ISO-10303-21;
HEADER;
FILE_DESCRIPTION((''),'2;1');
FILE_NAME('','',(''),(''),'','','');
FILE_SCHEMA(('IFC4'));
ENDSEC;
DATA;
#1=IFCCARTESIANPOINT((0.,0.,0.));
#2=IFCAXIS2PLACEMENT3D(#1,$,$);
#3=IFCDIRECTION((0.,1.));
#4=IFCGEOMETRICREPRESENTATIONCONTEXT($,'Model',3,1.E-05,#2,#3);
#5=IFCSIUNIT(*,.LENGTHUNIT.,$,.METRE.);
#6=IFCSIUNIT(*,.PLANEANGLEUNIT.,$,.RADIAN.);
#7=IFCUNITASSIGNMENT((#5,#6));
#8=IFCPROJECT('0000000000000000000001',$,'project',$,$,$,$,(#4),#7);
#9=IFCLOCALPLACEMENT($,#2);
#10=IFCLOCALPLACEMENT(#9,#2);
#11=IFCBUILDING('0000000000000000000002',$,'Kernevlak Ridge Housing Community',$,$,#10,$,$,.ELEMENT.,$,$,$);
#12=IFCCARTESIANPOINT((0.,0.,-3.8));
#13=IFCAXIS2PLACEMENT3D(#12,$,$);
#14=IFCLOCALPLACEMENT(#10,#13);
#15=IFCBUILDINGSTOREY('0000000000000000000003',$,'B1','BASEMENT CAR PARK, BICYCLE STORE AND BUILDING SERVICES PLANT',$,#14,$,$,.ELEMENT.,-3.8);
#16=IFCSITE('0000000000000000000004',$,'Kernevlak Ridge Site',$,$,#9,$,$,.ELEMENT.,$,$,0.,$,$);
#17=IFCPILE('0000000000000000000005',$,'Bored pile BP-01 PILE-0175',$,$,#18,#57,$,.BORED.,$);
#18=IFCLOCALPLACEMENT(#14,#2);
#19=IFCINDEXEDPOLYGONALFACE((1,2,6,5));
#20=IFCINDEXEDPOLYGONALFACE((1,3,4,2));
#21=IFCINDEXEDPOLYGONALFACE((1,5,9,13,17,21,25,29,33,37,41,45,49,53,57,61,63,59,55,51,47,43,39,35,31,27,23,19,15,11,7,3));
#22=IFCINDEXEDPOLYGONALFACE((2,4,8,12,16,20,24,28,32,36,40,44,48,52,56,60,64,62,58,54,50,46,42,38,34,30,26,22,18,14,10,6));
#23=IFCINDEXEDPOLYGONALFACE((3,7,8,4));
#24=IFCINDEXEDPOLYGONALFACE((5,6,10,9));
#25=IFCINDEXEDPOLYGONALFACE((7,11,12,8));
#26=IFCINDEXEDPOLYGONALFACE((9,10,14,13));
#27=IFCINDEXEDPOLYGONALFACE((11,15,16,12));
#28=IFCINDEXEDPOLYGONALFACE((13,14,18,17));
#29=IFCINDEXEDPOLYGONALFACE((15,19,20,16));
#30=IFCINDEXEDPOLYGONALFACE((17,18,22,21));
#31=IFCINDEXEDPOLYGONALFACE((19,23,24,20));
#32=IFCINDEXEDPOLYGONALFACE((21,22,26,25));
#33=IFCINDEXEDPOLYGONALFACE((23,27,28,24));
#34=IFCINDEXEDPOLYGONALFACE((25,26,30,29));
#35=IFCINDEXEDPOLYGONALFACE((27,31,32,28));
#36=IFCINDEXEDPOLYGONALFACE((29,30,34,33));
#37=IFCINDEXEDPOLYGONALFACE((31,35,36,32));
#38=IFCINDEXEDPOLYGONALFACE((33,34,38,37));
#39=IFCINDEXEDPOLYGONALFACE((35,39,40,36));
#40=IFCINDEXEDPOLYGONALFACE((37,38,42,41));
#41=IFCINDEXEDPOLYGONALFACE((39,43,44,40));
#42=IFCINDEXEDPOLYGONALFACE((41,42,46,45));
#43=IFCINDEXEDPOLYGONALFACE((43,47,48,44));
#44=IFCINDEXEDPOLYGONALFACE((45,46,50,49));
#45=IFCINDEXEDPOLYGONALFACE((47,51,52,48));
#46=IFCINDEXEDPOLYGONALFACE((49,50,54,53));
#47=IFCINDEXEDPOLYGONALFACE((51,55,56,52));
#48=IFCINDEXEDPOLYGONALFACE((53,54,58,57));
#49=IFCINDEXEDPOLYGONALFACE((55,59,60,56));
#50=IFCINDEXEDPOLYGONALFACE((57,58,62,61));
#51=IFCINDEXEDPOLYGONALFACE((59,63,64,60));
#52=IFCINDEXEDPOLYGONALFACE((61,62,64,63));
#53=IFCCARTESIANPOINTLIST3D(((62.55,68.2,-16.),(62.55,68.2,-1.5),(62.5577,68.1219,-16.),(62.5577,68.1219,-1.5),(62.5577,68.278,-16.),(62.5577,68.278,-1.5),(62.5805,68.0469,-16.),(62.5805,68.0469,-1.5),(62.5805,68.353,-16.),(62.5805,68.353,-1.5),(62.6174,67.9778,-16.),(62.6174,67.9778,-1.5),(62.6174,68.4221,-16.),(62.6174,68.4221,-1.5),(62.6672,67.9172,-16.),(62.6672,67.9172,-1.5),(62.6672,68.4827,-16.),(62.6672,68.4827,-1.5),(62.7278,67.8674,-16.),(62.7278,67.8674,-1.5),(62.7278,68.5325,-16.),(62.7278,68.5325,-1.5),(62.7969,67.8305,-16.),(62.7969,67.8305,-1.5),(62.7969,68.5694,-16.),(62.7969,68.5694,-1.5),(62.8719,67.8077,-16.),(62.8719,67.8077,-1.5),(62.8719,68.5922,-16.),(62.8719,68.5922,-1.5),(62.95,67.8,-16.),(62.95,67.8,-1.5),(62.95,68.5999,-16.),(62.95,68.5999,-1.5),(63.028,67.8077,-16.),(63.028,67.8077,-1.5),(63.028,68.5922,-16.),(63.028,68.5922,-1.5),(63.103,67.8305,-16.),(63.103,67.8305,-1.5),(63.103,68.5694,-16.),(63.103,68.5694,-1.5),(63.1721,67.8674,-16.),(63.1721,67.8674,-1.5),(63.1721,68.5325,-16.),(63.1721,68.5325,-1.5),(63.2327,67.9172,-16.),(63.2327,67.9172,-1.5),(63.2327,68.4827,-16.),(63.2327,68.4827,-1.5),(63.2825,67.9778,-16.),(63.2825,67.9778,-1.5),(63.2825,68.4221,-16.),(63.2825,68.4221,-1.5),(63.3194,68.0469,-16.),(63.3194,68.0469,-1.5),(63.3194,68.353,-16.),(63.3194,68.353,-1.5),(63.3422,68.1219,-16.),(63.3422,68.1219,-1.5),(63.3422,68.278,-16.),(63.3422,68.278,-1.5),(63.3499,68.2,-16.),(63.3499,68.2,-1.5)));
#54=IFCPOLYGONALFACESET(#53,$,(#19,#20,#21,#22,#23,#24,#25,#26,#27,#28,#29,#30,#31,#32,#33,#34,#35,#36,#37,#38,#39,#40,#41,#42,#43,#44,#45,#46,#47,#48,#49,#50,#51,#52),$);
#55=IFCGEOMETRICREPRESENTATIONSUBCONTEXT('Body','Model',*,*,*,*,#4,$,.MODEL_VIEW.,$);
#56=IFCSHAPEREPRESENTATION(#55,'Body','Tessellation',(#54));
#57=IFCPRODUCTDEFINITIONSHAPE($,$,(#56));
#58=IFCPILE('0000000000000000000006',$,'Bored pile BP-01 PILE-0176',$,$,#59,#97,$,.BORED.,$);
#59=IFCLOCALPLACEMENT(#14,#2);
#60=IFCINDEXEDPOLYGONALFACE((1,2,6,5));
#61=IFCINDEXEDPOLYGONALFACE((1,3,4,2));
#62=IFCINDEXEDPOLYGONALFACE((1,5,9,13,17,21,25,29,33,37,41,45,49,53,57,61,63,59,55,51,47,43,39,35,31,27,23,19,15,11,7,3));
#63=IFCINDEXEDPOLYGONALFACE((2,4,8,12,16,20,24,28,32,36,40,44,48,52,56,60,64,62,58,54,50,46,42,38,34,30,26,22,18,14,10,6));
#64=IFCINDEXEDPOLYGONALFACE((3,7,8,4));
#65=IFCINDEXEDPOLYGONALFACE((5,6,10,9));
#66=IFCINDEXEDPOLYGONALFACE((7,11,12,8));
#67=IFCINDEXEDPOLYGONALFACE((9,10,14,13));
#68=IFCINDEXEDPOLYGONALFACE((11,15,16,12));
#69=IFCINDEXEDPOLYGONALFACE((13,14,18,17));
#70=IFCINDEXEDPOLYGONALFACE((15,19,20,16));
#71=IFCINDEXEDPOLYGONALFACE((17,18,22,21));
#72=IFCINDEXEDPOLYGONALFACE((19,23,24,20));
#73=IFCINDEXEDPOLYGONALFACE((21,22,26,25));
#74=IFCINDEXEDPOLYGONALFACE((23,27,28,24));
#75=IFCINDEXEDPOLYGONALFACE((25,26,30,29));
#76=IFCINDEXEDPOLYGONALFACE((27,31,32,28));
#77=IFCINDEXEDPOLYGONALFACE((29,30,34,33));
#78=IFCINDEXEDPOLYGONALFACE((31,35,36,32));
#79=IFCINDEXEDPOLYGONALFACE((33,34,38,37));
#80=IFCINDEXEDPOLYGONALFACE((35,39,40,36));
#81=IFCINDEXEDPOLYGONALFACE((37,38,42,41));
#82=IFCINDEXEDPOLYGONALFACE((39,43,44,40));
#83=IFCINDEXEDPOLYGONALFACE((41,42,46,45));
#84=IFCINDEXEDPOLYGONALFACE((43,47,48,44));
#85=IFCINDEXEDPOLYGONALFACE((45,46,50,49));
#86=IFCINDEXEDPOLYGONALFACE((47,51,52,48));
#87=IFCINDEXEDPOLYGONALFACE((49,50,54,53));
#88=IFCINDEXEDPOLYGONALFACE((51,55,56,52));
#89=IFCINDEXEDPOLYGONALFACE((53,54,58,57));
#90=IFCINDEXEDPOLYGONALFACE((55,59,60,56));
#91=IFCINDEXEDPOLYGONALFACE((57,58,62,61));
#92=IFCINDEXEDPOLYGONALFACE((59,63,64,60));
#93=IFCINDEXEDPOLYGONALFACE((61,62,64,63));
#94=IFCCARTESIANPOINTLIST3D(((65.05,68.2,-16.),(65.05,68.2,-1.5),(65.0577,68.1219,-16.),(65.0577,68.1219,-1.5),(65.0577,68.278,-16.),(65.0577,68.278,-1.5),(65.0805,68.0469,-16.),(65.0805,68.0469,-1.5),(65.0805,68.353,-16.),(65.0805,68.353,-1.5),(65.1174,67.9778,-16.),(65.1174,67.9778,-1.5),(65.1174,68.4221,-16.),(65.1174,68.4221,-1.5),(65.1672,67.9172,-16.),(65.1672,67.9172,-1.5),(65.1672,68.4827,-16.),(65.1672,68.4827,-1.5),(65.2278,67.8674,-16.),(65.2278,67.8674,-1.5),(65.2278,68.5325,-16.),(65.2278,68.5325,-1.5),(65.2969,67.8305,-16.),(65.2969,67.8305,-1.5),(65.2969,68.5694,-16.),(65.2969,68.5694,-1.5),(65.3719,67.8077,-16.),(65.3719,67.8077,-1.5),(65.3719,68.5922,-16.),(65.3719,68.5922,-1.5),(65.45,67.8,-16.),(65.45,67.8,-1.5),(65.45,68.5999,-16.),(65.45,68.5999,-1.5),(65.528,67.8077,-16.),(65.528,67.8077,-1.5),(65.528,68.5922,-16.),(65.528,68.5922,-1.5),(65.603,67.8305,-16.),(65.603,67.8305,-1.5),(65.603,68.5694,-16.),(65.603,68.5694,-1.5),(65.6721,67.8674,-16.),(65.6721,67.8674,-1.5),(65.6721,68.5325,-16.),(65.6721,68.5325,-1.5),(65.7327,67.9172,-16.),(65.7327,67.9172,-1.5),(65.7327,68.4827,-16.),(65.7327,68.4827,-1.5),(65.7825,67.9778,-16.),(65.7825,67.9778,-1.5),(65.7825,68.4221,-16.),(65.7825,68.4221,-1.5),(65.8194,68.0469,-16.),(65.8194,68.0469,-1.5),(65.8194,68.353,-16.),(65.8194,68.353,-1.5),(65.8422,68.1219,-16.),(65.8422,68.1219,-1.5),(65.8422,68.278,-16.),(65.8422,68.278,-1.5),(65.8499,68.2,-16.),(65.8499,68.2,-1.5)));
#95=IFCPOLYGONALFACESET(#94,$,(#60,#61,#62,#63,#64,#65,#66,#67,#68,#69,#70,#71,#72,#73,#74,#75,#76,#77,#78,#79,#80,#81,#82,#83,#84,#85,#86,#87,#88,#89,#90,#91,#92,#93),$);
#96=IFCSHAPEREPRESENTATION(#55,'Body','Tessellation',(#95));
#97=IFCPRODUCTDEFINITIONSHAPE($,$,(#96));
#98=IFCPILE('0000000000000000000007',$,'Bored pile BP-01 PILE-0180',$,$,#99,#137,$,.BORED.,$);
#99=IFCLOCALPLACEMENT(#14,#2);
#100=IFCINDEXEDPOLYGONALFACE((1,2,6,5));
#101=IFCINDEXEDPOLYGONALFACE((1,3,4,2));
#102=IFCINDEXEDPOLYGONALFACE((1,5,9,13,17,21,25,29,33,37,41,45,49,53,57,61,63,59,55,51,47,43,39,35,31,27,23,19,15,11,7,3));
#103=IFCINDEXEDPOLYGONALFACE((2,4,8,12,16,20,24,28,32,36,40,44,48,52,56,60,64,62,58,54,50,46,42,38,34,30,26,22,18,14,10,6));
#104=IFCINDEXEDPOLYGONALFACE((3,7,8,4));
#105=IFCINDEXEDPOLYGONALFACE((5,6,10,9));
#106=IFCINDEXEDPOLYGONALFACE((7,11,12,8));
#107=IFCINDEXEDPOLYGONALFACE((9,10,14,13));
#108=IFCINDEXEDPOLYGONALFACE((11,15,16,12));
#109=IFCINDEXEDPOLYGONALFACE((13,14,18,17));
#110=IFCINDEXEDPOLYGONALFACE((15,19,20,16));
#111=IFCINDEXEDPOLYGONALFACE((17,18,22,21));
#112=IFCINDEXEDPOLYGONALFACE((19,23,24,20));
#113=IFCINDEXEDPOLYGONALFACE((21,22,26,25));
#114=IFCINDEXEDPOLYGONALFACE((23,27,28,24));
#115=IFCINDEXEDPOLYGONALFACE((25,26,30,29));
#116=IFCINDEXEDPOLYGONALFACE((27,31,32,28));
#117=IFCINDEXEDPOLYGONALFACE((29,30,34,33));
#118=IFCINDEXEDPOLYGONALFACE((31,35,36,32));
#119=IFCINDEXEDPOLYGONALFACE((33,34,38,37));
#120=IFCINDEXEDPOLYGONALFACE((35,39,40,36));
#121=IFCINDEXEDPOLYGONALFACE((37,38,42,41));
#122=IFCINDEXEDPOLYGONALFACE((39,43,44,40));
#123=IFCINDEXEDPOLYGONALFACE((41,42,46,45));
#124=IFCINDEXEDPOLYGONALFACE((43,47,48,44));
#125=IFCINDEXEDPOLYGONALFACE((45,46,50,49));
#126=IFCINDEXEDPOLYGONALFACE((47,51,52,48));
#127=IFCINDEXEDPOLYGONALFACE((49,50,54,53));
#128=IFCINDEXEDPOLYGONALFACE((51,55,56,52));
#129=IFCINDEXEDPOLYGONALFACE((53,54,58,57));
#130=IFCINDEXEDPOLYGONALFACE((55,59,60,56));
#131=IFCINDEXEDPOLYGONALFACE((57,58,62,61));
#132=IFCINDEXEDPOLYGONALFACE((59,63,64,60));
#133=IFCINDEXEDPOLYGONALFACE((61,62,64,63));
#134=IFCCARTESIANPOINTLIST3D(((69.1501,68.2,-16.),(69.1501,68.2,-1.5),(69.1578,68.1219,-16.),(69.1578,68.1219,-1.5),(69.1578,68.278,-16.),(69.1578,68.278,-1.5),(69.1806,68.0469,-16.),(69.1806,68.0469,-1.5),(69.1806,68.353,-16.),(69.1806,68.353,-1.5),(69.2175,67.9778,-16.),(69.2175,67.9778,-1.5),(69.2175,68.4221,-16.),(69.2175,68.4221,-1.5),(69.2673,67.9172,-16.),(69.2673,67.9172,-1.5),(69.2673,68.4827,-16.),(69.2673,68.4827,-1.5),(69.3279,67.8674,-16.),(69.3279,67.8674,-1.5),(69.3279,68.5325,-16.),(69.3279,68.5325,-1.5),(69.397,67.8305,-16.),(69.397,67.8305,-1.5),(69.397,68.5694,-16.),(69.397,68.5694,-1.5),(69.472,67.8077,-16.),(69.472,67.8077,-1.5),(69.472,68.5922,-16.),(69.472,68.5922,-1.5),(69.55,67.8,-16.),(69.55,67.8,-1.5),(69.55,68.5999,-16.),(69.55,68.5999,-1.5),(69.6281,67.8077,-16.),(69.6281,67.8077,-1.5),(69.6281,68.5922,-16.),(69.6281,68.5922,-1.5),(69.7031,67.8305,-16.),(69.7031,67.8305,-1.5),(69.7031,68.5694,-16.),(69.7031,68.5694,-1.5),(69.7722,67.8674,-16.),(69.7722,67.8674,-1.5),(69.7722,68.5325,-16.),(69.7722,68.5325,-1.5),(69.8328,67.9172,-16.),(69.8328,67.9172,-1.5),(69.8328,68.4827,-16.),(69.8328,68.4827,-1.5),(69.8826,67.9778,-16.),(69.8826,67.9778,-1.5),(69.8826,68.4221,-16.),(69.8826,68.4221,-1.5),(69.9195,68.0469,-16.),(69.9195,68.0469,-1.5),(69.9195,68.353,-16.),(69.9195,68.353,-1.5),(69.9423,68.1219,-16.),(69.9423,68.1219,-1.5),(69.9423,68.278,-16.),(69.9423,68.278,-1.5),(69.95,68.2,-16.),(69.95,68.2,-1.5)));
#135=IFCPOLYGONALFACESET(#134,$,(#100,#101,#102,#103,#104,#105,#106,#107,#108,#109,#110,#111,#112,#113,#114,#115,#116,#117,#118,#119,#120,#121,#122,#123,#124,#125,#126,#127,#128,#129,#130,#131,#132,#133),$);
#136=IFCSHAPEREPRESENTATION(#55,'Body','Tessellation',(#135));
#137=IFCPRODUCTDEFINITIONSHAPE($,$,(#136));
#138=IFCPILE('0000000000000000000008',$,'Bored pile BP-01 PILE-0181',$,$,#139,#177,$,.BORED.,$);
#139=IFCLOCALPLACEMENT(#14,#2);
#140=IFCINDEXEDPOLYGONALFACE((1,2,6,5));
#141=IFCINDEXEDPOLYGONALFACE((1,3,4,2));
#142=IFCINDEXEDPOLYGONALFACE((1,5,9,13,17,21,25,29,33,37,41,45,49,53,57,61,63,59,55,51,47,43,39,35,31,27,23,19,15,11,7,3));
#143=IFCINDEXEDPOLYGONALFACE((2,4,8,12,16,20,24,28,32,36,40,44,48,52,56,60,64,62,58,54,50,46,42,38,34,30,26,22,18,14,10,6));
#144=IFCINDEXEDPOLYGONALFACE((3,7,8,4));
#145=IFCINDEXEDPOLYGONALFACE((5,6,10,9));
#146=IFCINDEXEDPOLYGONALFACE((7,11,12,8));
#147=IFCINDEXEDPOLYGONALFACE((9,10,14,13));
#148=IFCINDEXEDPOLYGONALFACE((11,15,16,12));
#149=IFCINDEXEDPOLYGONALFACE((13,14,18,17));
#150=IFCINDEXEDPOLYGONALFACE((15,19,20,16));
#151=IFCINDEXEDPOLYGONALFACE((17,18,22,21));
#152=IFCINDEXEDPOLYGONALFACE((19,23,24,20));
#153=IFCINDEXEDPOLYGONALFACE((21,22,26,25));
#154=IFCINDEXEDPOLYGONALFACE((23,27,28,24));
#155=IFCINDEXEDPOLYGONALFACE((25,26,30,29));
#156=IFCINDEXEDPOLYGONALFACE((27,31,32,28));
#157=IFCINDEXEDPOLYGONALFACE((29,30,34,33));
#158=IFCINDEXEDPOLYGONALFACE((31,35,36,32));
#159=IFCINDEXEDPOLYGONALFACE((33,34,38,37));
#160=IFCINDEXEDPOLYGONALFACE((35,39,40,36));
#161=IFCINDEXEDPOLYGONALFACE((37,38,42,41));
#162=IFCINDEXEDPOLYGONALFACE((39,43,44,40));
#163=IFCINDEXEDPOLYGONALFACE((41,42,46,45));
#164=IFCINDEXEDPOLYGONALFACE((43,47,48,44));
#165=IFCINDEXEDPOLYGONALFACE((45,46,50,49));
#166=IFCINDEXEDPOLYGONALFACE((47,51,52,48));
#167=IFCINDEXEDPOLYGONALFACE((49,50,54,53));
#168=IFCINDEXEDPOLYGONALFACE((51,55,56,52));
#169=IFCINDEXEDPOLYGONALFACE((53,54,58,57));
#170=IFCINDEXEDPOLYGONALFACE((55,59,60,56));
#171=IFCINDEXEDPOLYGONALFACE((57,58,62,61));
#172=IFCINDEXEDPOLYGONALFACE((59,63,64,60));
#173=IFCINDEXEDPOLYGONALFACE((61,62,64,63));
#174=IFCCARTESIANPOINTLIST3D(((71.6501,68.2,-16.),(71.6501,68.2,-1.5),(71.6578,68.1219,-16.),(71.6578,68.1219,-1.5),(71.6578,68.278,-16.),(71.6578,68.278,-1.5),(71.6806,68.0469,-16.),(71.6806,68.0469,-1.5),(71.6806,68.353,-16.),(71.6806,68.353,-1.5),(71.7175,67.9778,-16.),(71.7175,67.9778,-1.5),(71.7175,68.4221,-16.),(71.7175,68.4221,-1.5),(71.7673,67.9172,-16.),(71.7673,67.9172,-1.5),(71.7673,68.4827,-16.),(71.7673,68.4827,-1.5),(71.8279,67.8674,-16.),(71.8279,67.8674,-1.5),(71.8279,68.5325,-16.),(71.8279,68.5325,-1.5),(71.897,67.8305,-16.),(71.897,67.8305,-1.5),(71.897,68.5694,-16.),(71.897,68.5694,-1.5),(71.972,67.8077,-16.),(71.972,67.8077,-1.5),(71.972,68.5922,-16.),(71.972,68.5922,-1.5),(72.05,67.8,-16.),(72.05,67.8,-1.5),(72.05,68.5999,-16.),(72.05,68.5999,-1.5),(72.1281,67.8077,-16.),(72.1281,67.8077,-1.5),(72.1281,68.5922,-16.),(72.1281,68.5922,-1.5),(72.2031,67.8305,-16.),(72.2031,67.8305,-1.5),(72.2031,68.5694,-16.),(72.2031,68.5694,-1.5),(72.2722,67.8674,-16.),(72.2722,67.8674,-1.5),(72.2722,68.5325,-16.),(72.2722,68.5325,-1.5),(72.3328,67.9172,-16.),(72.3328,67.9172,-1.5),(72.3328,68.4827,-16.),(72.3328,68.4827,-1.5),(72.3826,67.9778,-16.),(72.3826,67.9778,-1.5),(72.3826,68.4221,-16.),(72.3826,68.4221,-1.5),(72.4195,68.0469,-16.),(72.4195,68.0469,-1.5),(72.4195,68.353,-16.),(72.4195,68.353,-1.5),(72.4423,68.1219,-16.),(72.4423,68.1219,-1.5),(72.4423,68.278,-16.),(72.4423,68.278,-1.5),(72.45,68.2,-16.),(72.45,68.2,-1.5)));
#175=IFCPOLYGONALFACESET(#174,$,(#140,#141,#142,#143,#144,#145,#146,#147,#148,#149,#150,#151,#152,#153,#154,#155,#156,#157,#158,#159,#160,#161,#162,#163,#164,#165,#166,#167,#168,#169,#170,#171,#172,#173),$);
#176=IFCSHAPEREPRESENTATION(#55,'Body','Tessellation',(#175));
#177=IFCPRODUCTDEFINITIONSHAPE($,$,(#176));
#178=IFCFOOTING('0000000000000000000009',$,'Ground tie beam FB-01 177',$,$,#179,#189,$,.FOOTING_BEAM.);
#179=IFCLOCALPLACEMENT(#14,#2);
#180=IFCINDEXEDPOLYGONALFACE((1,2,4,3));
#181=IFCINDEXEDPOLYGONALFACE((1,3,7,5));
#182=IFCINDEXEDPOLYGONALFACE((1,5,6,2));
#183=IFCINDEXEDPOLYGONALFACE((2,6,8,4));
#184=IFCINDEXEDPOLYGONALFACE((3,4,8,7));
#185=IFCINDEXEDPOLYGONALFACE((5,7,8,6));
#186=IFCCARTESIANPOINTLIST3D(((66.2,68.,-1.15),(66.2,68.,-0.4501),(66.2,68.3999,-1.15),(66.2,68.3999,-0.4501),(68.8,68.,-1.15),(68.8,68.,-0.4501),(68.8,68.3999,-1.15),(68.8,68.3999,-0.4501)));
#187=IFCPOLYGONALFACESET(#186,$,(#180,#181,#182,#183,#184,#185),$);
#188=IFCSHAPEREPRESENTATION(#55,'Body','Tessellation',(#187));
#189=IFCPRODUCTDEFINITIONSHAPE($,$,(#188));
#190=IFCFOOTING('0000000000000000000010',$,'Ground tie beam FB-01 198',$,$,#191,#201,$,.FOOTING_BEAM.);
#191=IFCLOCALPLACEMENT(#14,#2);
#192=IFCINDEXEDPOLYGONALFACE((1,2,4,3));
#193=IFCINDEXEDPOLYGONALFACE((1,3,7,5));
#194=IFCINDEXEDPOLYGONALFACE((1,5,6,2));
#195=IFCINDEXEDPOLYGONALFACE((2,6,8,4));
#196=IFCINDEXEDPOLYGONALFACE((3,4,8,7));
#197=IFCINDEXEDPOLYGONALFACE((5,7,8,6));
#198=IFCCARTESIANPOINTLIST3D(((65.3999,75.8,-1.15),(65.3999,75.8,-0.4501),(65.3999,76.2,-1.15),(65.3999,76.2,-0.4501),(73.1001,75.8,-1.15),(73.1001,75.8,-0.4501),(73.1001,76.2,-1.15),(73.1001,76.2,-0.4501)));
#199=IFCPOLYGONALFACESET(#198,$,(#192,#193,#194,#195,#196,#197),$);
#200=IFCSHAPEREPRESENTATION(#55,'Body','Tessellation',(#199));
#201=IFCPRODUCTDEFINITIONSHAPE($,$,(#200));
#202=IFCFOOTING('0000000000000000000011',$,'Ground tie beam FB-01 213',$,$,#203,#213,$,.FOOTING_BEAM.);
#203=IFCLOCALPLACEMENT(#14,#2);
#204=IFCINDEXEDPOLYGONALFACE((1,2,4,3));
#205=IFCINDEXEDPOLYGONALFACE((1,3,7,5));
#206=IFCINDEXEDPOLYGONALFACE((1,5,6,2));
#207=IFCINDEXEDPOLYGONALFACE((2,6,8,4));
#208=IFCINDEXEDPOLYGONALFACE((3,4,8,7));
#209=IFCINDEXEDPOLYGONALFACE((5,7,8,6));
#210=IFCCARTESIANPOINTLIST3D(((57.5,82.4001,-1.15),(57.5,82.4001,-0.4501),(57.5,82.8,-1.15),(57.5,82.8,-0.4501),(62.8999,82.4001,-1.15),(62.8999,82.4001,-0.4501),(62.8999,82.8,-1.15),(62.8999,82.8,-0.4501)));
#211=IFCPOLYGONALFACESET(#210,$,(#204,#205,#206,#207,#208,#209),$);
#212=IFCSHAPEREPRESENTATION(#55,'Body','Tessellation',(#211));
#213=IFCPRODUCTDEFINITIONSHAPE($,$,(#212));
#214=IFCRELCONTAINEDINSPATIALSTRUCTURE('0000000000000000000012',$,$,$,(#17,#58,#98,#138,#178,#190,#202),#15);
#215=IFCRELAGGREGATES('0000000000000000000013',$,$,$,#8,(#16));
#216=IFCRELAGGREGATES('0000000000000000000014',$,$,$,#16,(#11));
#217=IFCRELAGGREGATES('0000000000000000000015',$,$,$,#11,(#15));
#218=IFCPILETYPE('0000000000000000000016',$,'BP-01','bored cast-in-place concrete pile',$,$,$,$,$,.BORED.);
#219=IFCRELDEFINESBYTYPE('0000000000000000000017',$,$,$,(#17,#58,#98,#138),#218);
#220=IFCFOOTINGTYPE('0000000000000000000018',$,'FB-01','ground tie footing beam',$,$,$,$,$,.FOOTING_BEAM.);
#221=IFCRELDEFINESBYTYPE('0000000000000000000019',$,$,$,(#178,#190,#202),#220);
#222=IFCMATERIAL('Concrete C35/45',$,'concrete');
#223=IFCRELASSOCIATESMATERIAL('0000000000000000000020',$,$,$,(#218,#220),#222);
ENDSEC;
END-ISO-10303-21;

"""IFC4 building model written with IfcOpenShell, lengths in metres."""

from ifc_helpers import new_model, si_unit, direction, frame, origin, origin_2d, place, context, subcontext, project, spatial, rectangle, circle, extrude, material, material_profile, profile_set, type_object, element, save


model = new_model("IFC4")

# Units and contexts
model_context = context("Model", 3, precision=1e-05, world=origin(), true_north=direction((0.0, 1.0)))
body_context = subcontext(model_context, "Body", "Model", "MODEL_VIEW")
ifc_project = project(units=[si_unit("LENGTHUNIT", "METRE"), si_unit("PLANEANGLEUNIT", "RADIAN")], contexts=[model_context])

# Site, building, storey
site_placement = place(None, origin())
site = spatial("IfcSite", under=ifc_project, at=site_placement, Name="Kernevlak Ridge Site", CompositionType="ELEMENT", RefElevation=0.0)
building_placement = place(site_placement, origin())
building = spatial("IfcBuilding", under=site, at=building_placement, Name="Kernevlak Ridge Housing Community", CompositionType="ELEMENT")
storey_placement = place(building_placement, frame((0.0, 0.0, -3.8)))
storey = spatial("IfcBuildingStorey", under=building, at=storey_placement, Name="B1", Description="BASEMENT CAR PARK, BICYCLE STORE AND BUILDING SERVICES PLANT", CompositionType="ELEMENT", Elevation=-3.8)

# Piles
ifc_material_1 = material(Name="Concrete C35/45", Category="concrete")
ifc_material_profile_1 = material_profile(ifc_material_1, circle(Radius=0.3999, at=origin_2d()), Name="BORED PILE 800")
ifc_profile_set_1 = profile_set([ifc_material_profile_1], Name="Concrete C35/45")
pile_type = type_object("IfcPileType", Name="BP-01", Description="bored cast-in-place concrete pile", PredefinedType="BORED", material=ifc_profile_set_1)
for number, where, z_axis, x_axis, name in (
    (1, (62.95, 68.2, -1.5), (0.0, 0.0, -1.0), (1.0, 0.0, 0.0), "Bored pile BP-01 PILE-0175"),
    (2, (65.45, 68.2, -1.5), (0.0, 0.0, -1.0), (1.0, 0.0, 0.0), "Bored pile BP-01 PILE-0176"),
    (3, (69.55, 68.2, -1.5), (0.0, 0.0, -1.0), (1.0, 0.0, 0.0), "Bored pile BP-01 PILE-0180"),
    (4, (72.05, 68.2, -1.5), (0.0, 0.0, -1.0), (1.0, 0.0, 0.0), "Bored pile BP-01 PILE-0181"),
):
    element("IfcPile", number, at=place(storey_placement, frame(where, z_axis=z_axis, x_axis=x_axis)), inside=storey, type_object=pile_type, Name=name, PredefinedType="BORED", context=body_context, shape_type="SweptSolid", body=[
        extrude(circle(Radius=0.3999, at=origin_2d()), origin(), (0.0, 0.0, 1.0), 14.5),
    ])

# Footings
ifc_material_profile_2 = material_profile(ifc_material_1, rectangle(XDim=0.3999, YDim=0.7, at=origin_2d()), Name="RC 400x700")
ifc_profile_set_2 = profile_set([ifc_material_profile_2], Name="Concrete C35/45")
footing_type_1 = type_object("IfcFootingType", Name="FB-01", Description="ground tie footing beam", PredefinedType="FOOTING_BEAM", material=ifc_profile_set_2)
footing_1_placement = place(storey_placement, frame((66.2, 68.2, -0.8), z_axis=(1.0, 0.0, 0.0), x_axis=(0.0, 1.0, 0.0)))
element("IfcFooting", 5, at=footing_1_placement, inside=storey, type_object=footing_type_1, Name="Ground tie beam FB-01 177", PredefinedType="FOOTING_BEAM", context=body_context, shape_type="SweptSolid", body=[
    extrude(rectangle(XDim=0.3999, YDim=0.7, at=origin_2d()), origin(), (0.0, 0.0, 1.0), 2.6001),
])
footing_2_placement = place(storey_placement, frame((65.3999, 76.0, -0.8), z_axis=(1.0, 0.0, 0.0), x_axis=(0.0, 1.0, 0.0)))
element("IfcFooting", 6, at=footing_2_placement, inside=storey, type_object=footing_type_1, Name="Ground tie beam FB-01 198", PredefinedType="FOOTING_BEAM", context=body_context, shape_type="SweptSolid", body=[
    extrude(rectangle(XDim=0.3999, YDim=0.7, at=origin_2d()), origin(), (0.0, 0.0, 1.0), 7.7002),
])
footing_3_placement = place(storey_placement, frame((57.5, 82.6001, -0.8), z_axis=(1.0, 0.0, 0.0), x_axis=(0.0, 1.0, 0.0)))
element("IfcFooting", 7, at=footing_3_placement, inside=storey, type_object=footing_type_1, Name="Ground tie beam FB-01 213", PredefinedType="FOOTING_BEAM", context=body_context, shape_type="SweptSolid", body=[
    extrude(rectangle(XDim=0.3999, YDim=0.7, at=origin_2d()), origin(), (0.0, 0.0, 1.0), 5.3999),
])

save(model, "model.ifc")
